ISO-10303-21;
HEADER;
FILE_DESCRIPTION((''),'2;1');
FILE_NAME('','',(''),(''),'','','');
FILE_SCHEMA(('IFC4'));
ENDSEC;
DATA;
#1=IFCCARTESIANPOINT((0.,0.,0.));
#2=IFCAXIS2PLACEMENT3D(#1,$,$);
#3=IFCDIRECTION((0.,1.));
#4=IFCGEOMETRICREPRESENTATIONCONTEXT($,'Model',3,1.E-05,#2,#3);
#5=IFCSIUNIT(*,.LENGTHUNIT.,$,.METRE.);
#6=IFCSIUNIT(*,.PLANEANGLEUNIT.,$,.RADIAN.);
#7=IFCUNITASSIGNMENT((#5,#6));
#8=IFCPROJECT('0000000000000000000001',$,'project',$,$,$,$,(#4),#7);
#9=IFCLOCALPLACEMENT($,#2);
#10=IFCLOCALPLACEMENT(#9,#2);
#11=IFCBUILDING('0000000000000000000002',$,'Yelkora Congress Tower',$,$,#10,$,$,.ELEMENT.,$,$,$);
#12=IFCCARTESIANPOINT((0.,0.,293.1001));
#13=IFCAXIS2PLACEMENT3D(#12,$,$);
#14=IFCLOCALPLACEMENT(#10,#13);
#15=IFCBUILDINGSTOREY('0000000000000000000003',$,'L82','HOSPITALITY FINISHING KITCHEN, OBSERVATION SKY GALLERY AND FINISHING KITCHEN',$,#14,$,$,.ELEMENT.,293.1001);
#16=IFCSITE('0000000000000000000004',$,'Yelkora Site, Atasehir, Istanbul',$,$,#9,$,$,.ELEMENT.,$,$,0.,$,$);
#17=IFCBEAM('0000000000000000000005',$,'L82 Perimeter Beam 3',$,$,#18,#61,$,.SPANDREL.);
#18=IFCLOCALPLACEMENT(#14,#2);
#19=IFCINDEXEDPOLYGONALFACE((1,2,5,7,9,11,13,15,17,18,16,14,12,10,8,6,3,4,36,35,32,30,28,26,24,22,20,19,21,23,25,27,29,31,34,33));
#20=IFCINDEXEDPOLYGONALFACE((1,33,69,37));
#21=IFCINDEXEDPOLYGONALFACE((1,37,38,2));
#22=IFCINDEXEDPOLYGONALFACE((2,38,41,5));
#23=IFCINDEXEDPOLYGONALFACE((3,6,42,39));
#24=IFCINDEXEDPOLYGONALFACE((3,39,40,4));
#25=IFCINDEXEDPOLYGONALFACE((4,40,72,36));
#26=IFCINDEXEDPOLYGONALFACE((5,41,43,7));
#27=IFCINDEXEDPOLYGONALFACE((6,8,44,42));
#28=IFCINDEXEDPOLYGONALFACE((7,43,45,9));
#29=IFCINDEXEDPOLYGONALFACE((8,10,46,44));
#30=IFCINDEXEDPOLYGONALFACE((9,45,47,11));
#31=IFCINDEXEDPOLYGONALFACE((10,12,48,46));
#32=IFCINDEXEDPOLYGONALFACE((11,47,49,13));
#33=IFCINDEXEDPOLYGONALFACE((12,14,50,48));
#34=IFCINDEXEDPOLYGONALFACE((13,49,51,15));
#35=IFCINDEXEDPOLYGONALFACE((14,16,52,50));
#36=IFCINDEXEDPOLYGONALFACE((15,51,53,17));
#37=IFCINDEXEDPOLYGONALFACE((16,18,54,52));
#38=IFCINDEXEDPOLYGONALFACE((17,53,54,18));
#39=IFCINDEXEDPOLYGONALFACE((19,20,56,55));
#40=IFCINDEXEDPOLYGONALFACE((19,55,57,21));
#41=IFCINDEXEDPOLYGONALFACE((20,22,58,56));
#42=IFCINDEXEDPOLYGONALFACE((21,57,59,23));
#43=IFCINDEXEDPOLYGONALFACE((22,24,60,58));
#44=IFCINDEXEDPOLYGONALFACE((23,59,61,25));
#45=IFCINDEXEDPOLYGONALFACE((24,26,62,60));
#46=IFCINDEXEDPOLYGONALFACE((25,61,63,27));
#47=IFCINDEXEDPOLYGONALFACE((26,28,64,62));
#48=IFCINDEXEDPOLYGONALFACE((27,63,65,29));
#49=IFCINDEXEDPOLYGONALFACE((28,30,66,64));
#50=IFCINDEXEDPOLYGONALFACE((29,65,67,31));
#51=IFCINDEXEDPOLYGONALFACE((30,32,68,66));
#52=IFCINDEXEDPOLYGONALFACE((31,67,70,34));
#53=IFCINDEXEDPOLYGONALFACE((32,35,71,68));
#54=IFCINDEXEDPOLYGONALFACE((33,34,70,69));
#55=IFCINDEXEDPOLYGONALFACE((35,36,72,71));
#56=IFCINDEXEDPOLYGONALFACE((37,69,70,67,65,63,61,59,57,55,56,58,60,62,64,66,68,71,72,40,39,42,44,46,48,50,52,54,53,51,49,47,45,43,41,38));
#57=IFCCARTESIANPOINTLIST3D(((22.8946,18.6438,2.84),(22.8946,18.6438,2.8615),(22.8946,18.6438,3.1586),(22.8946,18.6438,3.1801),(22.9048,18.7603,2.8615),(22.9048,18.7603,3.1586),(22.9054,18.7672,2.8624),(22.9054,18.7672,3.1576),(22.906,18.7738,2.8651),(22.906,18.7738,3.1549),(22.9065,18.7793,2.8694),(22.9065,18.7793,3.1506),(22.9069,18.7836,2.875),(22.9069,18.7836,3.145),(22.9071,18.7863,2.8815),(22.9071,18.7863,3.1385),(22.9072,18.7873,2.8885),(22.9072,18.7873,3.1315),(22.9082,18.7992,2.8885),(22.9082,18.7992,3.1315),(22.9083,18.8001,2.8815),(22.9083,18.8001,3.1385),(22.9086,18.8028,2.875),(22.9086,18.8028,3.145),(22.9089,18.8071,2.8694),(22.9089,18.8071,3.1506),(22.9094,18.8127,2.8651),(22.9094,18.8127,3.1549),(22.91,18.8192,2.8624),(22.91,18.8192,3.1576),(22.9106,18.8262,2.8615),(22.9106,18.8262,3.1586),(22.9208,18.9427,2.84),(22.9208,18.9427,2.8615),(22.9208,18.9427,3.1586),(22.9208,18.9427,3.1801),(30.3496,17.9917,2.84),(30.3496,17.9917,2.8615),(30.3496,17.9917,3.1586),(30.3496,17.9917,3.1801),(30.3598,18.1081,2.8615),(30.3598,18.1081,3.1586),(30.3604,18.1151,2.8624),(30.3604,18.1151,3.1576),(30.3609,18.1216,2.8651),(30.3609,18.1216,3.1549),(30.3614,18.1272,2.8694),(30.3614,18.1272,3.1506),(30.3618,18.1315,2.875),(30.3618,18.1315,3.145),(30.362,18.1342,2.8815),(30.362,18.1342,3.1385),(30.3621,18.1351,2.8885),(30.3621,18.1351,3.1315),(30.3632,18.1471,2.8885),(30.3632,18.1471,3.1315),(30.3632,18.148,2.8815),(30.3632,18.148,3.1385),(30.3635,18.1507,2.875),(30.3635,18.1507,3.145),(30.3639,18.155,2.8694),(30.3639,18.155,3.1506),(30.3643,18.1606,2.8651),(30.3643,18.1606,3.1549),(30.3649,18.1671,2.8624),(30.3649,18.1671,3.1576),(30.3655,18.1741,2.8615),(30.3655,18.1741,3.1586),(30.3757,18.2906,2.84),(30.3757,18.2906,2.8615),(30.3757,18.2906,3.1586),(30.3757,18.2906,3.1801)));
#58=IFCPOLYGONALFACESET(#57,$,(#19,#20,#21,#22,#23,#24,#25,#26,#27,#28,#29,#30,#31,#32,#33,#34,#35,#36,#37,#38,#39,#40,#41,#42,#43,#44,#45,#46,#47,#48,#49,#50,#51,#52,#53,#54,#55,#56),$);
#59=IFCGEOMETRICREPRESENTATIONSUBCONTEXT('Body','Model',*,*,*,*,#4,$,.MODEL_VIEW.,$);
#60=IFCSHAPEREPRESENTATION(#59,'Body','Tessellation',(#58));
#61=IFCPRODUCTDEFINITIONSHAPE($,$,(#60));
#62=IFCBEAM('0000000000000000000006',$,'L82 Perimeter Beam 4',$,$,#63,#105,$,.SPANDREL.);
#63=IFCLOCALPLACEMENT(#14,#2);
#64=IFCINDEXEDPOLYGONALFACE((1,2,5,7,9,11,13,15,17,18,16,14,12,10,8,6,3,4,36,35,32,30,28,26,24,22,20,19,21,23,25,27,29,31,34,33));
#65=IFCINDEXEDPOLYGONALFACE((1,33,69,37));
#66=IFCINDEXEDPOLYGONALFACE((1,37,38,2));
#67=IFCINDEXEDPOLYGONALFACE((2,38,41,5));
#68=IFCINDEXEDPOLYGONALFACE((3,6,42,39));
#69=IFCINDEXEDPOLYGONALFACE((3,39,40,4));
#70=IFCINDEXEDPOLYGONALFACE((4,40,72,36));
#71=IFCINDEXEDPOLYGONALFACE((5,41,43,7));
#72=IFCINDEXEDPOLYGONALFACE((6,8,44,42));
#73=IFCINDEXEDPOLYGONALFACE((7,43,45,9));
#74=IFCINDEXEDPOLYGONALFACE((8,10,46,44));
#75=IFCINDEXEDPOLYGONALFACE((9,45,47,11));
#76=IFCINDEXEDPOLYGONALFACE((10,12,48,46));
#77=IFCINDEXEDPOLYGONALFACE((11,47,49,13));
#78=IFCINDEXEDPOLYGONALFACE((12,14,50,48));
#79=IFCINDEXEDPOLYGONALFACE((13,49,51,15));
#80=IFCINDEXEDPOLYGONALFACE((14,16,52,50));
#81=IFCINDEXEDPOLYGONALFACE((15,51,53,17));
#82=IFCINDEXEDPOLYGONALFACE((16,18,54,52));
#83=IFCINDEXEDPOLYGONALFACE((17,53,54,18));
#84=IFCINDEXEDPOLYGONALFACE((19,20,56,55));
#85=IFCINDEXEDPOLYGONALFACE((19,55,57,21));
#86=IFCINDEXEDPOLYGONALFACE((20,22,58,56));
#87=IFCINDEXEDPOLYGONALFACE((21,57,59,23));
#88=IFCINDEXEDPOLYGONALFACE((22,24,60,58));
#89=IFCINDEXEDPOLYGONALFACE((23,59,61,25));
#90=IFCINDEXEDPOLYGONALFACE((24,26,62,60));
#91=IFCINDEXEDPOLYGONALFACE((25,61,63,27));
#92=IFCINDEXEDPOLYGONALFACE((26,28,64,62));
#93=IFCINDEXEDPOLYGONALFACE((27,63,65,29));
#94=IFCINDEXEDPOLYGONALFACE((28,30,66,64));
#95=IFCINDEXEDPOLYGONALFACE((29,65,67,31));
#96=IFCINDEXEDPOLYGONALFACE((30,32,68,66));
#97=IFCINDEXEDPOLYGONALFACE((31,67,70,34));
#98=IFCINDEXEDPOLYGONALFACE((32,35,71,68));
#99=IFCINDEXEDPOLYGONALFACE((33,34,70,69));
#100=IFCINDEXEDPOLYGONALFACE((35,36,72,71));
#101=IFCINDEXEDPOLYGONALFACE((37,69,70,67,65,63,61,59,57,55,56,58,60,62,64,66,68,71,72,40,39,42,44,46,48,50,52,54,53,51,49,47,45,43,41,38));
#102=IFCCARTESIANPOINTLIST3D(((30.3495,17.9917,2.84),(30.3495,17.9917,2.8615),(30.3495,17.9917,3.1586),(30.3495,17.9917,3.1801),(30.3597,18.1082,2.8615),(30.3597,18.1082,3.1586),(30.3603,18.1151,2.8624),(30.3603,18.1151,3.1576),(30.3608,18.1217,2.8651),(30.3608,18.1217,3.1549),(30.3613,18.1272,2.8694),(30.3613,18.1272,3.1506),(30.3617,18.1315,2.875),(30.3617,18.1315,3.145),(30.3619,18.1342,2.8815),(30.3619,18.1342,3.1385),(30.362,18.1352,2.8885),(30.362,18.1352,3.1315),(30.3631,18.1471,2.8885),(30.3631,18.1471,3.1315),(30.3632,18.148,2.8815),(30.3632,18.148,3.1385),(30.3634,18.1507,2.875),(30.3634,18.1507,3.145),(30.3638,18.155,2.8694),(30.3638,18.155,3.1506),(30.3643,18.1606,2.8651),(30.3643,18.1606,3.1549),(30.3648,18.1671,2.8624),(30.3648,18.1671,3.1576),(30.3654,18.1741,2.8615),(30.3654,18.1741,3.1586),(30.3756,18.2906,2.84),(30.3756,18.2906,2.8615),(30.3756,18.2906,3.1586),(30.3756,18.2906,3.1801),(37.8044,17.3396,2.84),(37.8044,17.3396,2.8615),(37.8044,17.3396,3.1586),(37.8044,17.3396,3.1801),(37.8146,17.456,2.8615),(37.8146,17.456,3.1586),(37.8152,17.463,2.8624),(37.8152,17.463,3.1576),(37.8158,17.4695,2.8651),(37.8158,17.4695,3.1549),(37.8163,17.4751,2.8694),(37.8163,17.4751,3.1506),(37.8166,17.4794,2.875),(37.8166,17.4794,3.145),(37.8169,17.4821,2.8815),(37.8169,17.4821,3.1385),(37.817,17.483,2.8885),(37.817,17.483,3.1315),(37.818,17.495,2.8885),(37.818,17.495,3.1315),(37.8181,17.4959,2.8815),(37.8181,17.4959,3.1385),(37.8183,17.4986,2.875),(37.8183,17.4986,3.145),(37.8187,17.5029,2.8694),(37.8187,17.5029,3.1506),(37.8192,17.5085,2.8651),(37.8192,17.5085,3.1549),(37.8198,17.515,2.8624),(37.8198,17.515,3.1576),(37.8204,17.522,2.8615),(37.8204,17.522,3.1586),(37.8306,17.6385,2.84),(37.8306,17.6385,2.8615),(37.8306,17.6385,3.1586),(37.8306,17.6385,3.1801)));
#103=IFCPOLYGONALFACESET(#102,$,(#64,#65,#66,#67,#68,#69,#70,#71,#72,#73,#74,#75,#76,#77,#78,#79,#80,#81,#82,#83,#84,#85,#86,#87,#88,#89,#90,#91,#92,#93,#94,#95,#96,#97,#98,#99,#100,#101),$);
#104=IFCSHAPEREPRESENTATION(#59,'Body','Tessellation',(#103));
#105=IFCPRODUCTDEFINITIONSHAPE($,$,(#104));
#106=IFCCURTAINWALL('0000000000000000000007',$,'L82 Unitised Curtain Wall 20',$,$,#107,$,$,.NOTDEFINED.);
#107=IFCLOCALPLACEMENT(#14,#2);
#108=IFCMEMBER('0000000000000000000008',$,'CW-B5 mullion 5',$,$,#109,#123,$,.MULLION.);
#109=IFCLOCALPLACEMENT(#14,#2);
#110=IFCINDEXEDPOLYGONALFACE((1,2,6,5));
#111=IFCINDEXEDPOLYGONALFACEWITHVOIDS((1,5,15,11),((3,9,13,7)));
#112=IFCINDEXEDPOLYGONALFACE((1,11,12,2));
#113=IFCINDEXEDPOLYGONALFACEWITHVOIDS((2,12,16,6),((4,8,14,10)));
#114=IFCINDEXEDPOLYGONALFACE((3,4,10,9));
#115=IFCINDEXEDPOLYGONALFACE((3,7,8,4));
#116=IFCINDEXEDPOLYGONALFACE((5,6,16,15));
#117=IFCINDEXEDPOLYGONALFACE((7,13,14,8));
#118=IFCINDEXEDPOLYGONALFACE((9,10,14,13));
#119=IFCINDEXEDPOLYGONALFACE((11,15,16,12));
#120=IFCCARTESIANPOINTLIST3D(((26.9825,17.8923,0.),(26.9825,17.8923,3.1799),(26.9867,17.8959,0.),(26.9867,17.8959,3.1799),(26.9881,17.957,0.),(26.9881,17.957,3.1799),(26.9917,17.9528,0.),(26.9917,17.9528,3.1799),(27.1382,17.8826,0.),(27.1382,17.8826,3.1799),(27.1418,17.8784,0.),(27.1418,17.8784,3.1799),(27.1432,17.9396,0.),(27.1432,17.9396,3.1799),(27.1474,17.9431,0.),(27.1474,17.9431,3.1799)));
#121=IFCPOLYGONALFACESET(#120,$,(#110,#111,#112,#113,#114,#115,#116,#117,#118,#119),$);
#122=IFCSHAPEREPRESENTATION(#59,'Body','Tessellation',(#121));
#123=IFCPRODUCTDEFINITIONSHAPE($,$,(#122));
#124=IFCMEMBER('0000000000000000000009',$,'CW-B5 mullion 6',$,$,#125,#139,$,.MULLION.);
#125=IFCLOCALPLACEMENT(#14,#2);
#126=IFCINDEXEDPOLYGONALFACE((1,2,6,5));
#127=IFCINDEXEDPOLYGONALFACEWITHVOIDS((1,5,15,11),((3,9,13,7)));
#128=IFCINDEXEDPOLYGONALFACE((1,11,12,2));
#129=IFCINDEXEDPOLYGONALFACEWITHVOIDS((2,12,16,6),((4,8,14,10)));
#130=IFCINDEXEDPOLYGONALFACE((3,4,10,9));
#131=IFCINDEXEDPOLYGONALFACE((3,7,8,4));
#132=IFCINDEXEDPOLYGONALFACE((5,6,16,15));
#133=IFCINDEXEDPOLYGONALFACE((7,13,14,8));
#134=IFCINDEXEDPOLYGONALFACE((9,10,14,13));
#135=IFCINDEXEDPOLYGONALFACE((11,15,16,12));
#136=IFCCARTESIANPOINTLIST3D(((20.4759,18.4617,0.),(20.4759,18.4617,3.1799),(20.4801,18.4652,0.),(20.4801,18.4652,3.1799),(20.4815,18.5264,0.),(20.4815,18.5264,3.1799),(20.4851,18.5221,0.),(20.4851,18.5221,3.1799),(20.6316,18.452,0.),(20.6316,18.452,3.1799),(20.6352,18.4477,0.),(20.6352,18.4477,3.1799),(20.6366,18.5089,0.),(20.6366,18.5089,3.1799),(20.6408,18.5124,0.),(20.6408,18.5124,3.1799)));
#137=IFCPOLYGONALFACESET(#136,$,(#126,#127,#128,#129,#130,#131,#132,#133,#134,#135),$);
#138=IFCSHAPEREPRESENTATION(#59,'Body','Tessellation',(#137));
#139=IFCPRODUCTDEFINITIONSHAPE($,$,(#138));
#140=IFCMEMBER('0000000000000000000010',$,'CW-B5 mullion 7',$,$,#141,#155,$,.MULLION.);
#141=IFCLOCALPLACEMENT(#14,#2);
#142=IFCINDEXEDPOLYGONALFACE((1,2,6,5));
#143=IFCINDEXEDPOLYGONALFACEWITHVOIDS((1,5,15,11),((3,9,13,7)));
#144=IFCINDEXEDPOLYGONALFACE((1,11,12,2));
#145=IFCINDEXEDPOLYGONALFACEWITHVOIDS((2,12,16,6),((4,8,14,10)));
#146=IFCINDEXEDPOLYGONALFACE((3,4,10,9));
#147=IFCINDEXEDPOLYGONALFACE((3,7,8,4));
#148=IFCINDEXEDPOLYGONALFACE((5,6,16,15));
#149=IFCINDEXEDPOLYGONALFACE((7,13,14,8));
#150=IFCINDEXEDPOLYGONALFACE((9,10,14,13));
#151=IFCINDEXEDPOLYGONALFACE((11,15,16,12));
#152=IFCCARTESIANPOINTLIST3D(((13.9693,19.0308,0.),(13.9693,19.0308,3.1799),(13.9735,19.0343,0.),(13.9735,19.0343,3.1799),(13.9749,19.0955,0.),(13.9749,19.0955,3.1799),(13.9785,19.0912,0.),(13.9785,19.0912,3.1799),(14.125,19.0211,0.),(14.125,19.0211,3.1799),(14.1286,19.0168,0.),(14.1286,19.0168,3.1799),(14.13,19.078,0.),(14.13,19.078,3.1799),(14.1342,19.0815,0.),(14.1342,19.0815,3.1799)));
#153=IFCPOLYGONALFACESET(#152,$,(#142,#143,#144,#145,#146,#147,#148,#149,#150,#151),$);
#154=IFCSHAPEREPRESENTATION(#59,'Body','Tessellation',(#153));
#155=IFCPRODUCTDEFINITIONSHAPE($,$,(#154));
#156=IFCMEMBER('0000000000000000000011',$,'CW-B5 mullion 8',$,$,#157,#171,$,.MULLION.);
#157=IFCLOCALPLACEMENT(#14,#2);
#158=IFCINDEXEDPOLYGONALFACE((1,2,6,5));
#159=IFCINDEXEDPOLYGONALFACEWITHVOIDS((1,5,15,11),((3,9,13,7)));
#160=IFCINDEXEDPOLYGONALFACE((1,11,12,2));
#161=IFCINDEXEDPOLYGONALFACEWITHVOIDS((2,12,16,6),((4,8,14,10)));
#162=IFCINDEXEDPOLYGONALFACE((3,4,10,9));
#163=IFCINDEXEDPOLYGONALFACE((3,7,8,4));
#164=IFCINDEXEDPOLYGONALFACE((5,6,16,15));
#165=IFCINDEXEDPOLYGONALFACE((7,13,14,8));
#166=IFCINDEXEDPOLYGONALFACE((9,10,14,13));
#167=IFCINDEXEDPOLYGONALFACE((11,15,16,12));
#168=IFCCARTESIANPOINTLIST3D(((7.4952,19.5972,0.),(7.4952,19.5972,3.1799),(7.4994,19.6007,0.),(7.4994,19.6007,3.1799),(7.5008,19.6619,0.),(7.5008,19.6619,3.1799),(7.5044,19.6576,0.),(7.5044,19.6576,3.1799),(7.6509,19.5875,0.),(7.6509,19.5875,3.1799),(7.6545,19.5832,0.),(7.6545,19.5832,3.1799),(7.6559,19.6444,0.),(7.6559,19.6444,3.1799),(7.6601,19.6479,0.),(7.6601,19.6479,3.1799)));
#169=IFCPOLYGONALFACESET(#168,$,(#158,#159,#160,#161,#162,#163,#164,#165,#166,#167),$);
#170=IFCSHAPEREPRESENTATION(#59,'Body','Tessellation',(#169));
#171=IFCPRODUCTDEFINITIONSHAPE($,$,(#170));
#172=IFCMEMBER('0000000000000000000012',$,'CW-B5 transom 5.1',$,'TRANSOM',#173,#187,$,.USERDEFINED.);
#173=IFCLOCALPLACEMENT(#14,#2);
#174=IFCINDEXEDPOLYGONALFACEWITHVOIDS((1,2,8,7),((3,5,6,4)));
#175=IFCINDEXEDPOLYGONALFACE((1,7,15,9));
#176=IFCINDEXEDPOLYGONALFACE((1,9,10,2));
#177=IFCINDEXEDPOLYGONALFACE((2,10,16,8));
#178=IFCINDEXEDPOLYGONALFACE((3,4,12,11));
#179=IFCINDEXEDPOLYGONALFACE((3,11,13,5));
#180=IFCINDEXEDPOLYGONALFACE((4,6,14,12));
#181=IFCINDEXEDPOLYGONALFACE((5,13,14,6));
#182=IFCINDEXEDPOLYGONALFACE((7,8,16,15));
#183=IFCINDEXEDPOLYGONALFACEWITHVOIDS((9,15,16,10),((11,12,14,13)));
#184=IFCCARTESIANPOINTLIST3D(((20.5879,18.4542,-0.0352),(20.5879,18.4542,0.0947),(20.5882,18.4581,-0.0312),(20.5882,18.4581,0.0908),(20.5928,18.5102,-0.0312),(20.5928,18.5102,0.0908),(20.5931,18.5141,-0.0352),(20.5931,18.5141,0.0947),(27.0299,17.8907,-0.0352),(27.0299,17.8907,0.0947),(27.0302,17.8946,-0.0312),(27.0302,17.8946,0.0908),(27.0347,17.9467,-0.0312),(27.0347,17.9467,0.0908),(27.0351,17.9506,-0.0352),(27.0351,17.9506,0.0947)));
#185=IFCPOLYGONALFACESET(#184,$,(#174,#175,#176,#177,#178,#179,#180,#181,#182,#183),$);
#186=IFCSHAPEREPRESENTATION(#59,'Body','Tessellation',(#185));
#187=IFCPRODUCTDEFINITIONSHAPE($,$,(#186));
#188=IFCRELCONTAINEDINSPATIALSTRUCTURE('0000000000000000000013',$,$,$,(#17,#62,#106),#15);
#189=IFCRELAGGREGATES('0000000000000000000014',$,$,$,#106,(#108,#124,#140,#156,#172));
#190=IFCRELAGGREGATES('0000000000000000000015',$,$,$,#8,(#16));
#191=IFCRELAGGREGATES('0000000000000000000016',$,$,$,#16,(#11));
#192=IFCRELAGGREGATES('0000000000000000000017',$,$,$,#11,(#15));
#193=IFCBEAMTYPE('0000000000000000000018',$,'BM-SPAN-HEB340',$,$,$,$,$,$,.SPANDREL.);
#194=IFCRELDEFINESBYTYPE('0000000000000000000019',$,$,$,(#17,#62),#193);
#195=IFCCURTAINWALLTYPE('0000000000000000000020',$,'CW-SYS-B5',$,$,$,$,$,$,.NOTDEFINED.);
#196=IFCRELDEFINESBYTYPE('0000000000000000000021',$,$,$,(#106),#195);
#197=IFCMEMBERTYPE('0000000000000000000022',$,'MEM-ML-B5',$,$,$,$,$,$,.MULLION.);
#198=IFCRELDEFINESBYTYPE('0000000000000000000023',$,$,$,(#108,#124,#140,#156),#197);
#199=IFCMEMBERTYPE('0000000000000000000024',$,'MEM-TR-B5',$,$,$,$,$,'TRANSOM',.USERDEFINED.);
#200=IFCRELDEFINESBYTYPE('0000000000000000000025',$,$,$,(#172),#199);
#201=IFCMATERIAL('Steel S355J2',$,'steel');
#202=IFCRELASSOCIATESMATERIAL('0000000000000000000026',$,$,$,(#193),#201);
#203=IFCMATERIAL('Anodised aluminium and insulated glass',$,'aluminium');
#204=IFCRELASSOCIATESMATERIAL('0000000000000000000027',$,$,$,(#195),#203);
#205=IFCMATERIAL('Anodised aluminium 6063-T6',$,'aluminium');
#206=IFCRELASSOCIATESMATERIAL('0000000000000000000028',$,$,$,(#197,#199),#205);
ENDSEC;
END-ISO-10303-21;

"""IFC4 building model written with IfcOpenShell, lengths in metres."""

from ifc_helpers import new_model, si_unit, direction, frame, origin, origin_2d, place, context, subcontext, project, spatial, hollow_rectangle, i_section, extrude, material, material_profile, profile_set, type_object, element, aggregate, save


model = new_model("IFC4")

# Units and contexts
model_context = context("Model", 3, precision=1e-05, world=origin(), true_north=direction((0.0, 1.0)))
body_context = subcontext(model_context, "Body", "Model", "MODEL_VIEW")
ifc_project = project(units=[si_unit("LENGTHUNIT", "METRE"), si_unit("PLANEANGLEUNIT", "RADIAN")], contexts=[model_context])

# Site, building, storey
site_placement = place(None, origin())
site = spatial("IfcSite", under=ifc_project, at=site_placement, Name="Yelkora Site, Atasehir, Istanbul", CompositionType="ELEMENT", RefElevation=0.0)
building_placement = place(site_placement, origin())
building = spatial("IfcBuilding", under=site, at=building_placement, Name="Yelkora Congress Tower", CompositionType="ELEMENT")
storey_placement = place(building_placement, frame((0.0, 0.0, 293.1001)))
storey = spatial("IfcBuildingStorey", under=building, at=storey_placement, Name="L82", Description="HOSPITALITY FINISHING KITCHEN, OBSERVATION SKY GALLERY AND FINISHING KITCHEN", CompositionType="ELEMENT", Elevation=293.1001)

# Shared definitions
ifc_material_1 = material(Name="Steel S355J2", Category="steel")

# Beams
ifc_material_profile_1 = material_profile(ifc_material_1, i_section(OverallWidth=0.3, OverallDepth=0.3401, WebThickness=0.012, FlangeThickness=0.0215, FilletRadius=0.0271, at=origin_2d()), Name="HEB 340")
ifc_profile_set_1 = profile_set([ifc_material_profile_1], Name="Steel S355J2")
beam_type_1 = type_object("IfcBeamType", Name="BM-SPAN-HEB340", PredefinedType="SPANDREL", material=ifc_profile_set_1)
for number, where, z_axis, x_axis, name in (
    (1, (22.9077, 18.7932, 3.01), (0.996196, -0.087141, 0.0), (0.087141, 0.996196, 0.0), "L82 Perimeter Beam 3"),
    (2, (30.3625, 18.1411, 3.01), (0.996196, -0.087141, 0.0), (0.087141, 0.996196, 0.0), "L82 Perimeter Beam 4"),
):
    element("IfcBeam", number, at=place(storey_placement, frame(where, z_axis=z_axis, x_axis=x_axis)), inside=storey, type_object=beam_type_1, Name=name, PredefinedType="SPANDREL", context=body_context, shape_type="SweptSolid", body=[
        extrude(i_section(OverallWidth=0.3, OverallDepth=0.3401, WebThickness=0.012, FlangeThickness=0.0215, FilletRadius=0.0271, at=origin_2d()), origin(), (0.0, 0.0, 1.0), 7.4834),
    ])

# Curtain wall, members
ifc_material_2 = material(Name="Anodised aluminium and insulated glass", Category="aluminium")
curtain_wall_type = type_object("IfcCurtainWallType", Name="CW-SYS-B5", PredefinedType="NOTDEFINED", material=ifc_material_2)
curtain_wall_placement = place(storey_placement, origin())
curtain_wall = element("IfcCurtainWall", 3, at=curtain_wall_placement, inside=storey, type_object=curtain_wall_type, Name="L82 Unitised Curtain Wall 20", PredefinedType="NOTDEFINED")
ifc_material_3 = material(Name="Anodised aluminium 6063-T6", Category="aluminium")
ifc_material_profile_2 = material_profile(ifc_material_3, hollow_rectangle(XDim=0.0649, YDim=0.1599, WallThickness=0.0039, at=origin_2d()), Name="ALU 65x160x4")
ifc_profile_set_2 = profile_set([ifc_material_profile_2], Name="Anodised aluminium 6063-T6")
member_type_1 = type_object("IfcMemberType", Name="MEM-ML-B5", PredefinedType="MULLION", material=ifc_profile_set_2)
member_1_placement = place(storey_placement, frame((27.0649, 17.9177, 0.0), z_axis=(0.0, 0.0, 1.0), x_axis=(-0.087157, -0.996195, 0.0)))
member_1 = element("IfcMember", 4, at=member_1_placement, type_object=member_type_1, Name="CW-B5 mullion 5", PredefinedType="MULLION", context=body_context, shape_type="SweptSolid", body=[
    extrude(hollow_rectangle(XDim=0.0649, YDim=0.1599, WallThickness=0.0039, at=origin_2d()), origin(), (0.0, 0.0, 1.0), 3.1799),
])
member_2_placement = place(storey_placement, frame((20.5583, 18.4871, 0.0), z_axis=(0.0, 0.0, 1.0), x_axis=(-0.087157, -0.996195, 0.0)))
member_2 = element("IfcMember", 5, at=member_2_placement, type_object=member_type_1, Name="CW-B5 mullion 6", PredefinedType="MULLION", context=body_context, shape_type="SweptSolid", body=[
    extrude(hollow_rectangle(XDim=0.0649, YDim=0.1599, WallThickness=0.0039, at=origin_2d()), origin(), (0.0, 0.0, 1.0), 3.1799),
])
member_3_placement = place(storey_placement, frame((14.0518, 19.0562, 0.0), z_axis=(0.0, 0.0, 1.0), x_axis=(-0.087157, -0.996195, 0.0)))
member_3 = element("IfcMember", 6, at=member_3_placement, type_object=member_type_1, Name="CW-B5 mullion 7", PredefinedType="MULLION", context=body_context, shape_type="SweptSolid", body=[
    extrude(hollow_rectangle(XDim=0.0649, YDim=0.1599, WallThickness=0.0039, at=origin_2d()), origin(), (0.0, 0.0, 1.0), 3.1799),
])
member_4_placement = place(storey_placement, frame((7.5776, 19.6226, 0.0), z_axis=(0.0, 0.0, 1.0), x_axis=(-0.087157, -0.996195, 0.0)))
member_4 = element("IfcMember", 7, at=member_4_placement, type_object=member_type_1, Name="CW-B5 mullion 8", PredefinedType="MULLION", context=body_context, shape_type="SweptSolid", body=[
    extrude(hollow_rectangle(XDim=0.0649, YDim=0.1599, WallThickness=0.0039, at=origin_2d()), origin(), (0.0, 0.0, 1.0), 3.1799),
])
ifc_material_profile_3 = material_profile(ifc_material_3, hollow_rectangle(XDim=0.0601, YDim=0.1299, WallThickness=0.0039, at=origin_2d()), Name="ALU 60x130x4")
ifc_profile_set_3 = profile_set([ifc_material_profile_3], Name="Anodised aluminium 6063-T6")
member_type_2 = type_object("IfcMemberType", Name="MEM-TR-B5", ElementType="TRANSOM", PredefinedType="USERDEFINED", material=ifc_profile_set_3)
member_5_placement = place(storey_placement, frame((27.0325, 17.9207, 0.0298), z_axis=(-0.996196, 0.087138, 0.0), x_axis=(-0.087138, -0.996196, 0.0)))
member_5 = element("IfcMember", 8, at=member_5_placement, type_object=member_type_2, Name="CW-B5 transom 5.1", ObjectType="TRANSOM", PredefinedType="USERDEFINED", context=body_context, shape_type="SweptSolid", body=[
    extrude(hollow_rectangle(XDim=0.0601, YDim=0.1299, WallThickness=0.0039, at=origin_2d()), origin(), (0.0, 0.0, 1.0), 6.4666),
])
aggregate(curtain_wall, [member_1, member_2, member_3, member_4, member_5])

save(model, "model.ifc")
